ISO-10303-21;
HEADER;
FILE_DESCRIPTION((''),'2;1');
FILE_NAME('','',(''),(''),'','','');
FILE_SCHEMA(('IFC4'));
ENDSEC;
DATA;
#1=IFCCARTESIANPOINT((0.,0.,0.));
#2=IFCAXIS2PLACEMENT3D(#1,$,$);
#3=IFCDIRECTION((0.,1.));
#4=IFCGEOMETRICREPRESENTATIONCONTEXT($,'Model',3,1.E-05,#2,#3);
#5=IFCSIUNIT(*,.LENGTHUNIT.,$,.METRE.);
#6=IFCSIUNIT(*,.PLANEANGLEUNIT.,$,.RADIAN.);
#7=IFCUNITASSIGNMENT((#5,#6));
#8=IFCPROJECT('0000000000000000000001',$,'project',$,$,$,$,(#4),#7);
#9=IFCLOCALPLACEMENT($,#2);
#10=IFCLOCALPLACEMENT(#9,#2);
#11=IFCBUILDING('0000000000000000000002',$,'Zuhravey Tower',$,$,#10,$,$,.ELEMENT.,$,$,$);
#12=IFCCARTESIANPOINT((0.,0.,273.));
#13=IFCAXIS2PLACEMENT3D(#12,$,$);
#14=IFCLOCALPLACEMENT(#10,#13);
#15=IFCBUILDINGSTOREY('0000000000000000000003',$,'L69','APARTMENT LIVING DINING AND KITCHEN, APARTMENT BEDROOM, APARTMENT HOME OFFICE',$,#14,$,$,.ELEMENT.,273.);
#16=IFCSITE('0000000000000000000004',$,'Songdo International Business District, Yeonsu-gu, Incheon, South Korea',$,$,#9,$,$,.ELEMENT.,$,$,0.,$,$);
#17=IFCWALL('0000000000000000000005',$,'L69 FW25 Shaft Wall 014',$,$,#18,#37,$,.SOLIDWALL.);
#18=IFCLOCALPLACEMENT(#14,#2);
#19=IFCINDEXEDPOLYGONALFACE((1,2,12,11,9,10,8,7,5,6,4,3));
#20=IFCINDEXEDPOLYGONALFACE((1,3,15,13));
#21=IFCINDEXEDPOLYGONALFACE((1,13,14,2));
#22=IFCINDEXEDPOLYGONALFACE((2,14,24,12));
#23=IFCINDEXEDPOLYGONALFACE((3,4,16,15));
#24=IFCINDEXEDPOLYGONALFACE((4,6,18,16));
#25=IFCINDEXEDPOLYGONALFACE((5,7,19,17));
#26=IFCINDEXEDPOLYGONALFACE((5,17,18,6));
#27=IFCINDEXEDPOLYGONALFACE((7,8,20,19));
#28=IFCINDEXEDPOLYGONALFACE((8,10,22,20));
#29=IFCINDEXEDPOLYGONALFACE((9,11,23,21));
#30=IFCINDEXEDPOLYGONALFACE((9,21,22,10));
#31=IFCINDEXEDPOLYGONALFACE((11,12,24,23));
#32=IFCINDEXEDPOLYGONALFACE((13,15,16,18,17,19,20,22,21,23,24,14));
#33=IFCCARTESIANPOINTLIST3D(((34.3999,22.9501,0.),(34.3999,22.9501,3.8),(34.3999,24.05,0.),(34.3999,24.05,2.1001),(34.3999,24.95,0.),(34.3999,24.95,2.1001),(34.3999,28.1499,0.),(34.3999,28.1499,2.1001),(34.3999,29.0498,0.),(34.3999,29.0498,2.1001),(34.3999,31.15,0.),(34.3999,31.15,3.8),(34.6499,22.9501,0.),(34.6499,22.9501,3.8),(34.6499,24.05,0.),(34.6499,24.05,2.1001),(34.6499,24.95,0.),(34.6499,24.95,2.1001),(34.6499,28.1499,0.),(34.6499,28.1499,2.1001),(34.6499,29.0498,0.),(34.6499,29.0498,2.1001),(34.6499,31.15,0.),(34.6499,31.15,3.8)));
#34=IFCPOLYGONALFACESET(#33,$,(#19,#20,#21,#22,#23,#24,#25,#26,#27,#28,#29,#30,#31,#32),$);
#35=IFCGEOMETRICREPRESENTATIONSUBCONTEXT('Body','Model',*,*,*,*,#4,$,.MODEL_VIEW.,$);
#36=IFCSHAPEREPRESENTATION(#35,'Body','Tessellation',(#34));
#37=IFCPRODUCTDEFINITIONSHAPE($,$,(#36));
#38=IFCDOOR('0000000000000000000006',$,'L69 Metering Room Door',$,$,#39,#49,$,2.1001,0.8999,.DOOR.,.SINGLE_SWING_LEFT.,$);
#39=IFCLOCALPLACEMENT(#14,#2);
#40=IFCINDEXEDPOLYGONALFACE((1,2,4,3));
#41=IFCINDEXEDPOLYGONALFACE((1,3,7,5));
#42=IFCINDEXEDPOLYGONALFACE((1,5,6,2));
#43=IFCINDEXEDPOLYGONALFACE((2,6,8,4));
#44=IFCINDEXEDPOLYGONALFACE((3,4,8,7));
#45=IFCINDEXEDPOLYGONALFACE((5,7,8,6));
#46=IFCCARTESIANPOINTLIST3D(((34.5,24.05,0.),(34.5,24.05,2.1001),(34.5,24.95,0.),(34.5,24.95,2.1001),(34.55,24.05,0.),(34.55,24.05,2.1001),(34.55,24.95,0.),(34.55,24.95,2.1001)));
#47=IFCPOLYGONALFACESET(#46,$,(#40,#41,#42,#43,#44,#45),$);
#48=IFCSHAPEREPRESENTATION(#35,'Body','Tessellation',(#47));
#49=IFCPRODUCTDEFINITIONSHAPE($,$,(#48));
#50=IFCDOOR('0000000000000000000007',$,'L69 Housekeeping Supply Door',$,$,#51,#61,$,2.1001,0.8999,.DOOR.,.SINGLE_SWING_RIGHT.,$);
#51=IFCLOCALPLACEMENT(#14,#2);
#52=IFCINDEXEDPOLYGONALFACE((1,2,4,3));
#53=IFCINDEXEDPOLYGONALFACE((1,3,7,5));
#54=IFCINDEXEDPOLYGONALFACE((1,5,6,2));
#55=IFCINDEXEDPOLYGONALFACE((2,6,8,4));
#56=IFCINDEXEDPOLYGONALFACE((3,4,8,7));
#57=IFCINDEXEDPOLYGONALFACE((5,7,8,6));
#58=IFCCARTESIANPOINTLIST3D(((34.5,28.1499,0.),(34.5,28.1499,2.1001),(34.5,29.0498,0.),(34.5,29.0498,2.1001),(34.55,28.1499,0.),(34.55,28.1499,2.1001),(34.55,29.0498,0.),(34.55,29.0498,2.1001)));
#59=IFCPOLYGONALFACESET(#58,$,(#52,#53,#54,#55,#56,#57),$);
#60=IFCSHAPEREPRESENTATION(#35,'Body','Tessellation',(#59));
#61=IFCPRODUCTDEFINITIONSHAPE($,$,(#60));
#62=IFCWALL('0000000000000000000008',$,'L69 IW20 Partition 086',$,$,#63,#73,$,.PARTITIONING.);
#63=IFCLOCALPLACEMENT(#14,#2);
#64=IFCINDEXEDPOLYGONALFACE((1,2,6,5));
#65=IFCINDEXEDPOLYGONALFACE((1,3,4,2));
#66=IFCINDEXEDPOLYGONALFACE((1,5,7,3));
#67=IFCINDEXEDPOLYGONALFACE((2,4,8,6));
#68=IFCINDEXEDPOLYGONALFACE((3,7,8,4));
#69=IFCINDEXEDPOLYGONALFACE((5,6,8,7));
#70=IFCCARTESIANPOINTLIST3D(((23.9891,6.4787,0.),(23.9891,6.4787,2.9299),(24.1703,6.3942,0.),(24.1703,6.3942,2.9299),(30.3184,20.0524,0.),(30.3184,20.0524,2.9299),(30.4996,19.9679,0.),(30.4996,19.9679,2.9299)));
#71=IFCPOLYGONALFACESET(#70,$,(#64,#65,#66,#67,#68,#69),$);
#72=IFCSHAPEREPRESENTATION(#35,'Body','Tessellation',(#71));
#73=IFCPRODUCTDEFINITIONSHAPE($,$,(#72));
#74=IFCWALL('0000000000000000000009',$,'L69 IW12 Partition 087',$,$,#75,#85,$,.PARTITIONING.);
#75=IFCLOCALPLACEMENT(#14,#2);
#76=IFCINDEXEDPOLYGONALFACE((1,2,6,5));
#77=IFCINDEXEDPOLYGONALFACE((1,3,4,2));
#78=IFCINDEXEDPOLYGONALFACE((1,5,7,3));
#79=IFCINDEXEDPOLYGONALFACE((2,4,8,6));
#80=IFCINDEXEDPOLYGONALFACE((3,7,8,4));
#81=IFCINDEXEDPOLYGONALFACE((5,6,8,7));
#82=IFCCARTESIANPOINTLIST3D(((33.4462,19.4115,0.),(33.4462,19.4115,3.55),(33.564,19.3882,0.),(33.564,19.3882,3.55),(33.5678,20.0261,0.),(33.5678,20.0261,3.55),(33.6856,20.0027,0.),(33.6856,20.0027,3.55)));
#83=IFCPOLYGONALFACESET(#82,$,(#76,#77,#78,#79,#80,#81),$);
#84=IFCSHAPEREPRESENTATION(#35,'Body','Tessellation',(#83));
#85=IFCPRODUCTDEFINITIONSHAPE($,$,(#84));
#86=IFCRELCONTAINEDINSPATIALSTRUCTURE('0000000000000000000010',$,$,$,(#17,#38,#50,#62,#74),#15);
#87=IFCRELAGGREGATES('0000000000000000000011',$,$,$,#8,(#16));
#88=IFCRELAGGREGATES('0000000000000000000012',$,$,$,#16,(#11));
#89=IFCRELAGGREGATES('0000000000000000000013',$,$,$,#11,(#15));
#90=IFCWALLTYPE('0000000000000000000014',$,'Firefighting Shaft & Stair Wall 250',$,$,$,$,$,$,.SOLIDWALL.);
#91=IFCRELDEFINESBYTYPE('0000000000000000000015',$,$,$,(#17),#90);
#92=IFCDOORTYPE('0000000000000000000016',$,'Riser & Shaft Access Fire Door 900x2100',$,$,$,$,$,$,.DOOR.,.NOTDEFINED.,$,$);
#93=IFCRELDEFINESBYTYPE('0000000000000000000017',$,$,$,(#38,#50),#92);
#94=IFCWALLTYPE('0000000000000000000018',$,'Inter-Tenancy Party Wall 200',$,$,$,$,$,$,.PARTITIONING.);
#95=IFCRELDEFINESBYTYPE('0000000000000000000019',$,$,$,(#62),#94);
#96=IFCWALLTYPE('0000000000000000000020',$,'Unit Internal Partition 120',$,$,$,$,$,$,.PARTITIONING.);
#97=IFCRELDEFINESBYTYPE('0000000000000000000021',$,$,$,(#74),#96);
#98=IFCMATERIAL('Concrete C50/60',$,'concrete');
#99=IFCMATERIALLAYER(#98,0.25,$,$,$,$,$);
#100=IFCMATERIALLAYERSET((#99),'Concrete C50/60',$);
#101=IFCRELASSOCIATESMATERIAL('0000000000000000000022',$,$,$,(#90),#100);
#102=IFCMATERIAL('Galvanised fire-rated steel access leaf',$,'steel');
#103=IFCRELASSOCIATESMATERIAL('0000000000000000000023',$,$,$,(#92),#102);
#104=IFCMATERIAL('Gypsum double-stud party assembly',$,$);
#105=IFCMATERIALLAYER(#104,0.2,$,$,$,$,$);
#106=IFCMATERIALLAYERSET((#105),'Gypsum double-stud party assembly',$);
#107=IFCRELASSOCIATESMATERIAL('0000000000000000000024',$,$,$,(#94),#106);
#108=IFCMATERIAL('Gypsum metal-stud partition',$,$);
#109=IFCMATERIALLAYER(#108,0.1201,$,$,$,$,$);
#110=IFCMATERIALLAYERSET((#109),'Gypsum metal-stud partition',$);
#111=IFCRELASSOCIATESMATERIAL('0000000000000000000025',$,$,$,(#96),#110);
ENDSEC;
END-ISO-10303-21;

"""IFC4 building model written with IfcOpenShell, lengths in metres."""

from ifc_helpers import new_model, si_unit, direction, frame, frame_2d, origin, place, context, subcontext, project, spatial, rectangle, extrude, material, layer, layer_set, type_object, element, fill, save


model = new_model("IFC4")

# Units and contexts
model_context = context("Model", 3, precision=1e-05, world=origin(), true_north=direction((0.0, 1.0)))
body_context = subcontext(model_context, "Body", "Model", "MODEL_VIEW")
ifc_project = project(units=[si_unit("LENGTHUNIT", "METRE"), si_unit("PLANEANGLEUNIT", "RADIAN")], contexts=[model_context])

# Site, building, storey
site_placement = place(None, origin())
site = spatial("IfcSite", under=ifc_project, at=site_placement, Name="Songdo International Business District, Yeonsu-gu, Incheon, South Korea", CompositionType="ELEMENT", RefElevation=0.0)
building_placement = place(site_placement, origin())
building = spatial("IfcBuilding", under=site, at=building_placement, Name="Zuhravey Tower", CompositionType="ELEMENT")
storey_placement = place(building_placement, frame((0.0, 0.0, 273.0)))
storey = spatial("IfcBuildingStorey", under=building, at=storey_placement, Name="L69", Description="APARTMENT LIVING DINING AND KITCHEN, APARTMENT BEDROOM, APARTMENT HOME OFFICE", CompositionType="ELEMENT", Elevation=273.0)

# Shared definitions
ifc_material_1 = material(Name="Concrete C50/60", Category="concrete")
ifc_layer_1 = layer(ifc_material_1, 0.25)
ifc_layer_set_1 = layer_set([ifc_layer_1], Name="Concrete C50/60")
wall_type_1 = type_object("IfcWallType", Name="Firefighting Shaft & Stair Wall 250", PredefinedType="SOLIDWALL", material=ifc_layer_set_1)

# Shared definitions
ifc_material_2 = material(Name="Galvanised fire-rated steel access leaf", Category="steel")
door_type_1 = type_object("IfcDoorType", Name="Riser & Shaft Access Fire Door 900x2100", OperationType="NOTDEFINED", PredefinedType="DOOR", material=ifc_material_2)

# Wall, openings, doors
wall_1_placement = place(storey_placement, frame((34.5249, 22.95, 0.0), z_axis=(0.0, 0.0, 1.0), x_axis=(0.0, 1.0, 0.0)))
wall_1 = element("IfcWall", 1, at=wall_1_placement, inside=storey, type_object=wall_type_1, Name="L69 FW25 Shaft Wall 014", PredefinedType="SOLIDWALL", context=body_context, shape_type="SweptSolid", body=[
    extrude(rectangle(XDim=8.2, YDim=0.25, at=frame_2d((4.1001, 0.0))), origin(), (0.0, 0.0, 1.0), 3.8),
])
opening_1_placement = place(wall_1_placement, frame((1.1001, 0.0, 0.0)))
opening_1 = element("IfcOpeningElement", 2, at=opening_1_placement, cuts=wall_1, PredefinedType="OPENING", context=body_context, shape_type="SweptSolid", body=[
    extrude(rectangle(XDim=0.8999, YDim=2.1001, at=frame_2d((0.45, 1.05))), frame((0.0, 0.137, 0.0), z_axis=(0.0, -1.0, 0.0), x_axis=(1.0, 0.0, 0.0)), (0.0, 0.0, 1.0), 0.2739),
])
opening_2_placement = place(wall_1_placement, frame((5.2, 0.0, 0.0)))
opening_2 = element("IfcOpeningElement", 3, at=opening_2_placement, cuts=wall_1, PredefinedType="OPENING", context=body_context, shape_type="SweptSolid", body=[
    extrude(rectangle(XDim=0.8999, YDim=2.1001, at=frame_2d((0.45, 1.05))), frame((0.0, 0.137, 0.0), z_axis=(0.0, -1.0, 0.0), x_axis=(1.0, 0.0, 0.0)), (0.0, 0.0, 1.0), 0.2739),
])
door_1_placement = place(opening_1_placement, origin())
door_1 = element("IfcDoor", 4, at=door_1_placement, inside=storey, type_object=door_type_1, Name="L69 Metering Room Door", OperationType="SINGLE_SWING_LEFT", OverallHeight=2.1001, OverallWidth=0.8999, PredefinedType="DOOR", context=body_context, shape_type="SweptSolid", body=[
    extrude(rectangle(XDim=0.8999, YDim=2.1001, at=frame_2d((0.45, 1.05))), frame((0.0, 0.0249, 0.0), z_axis=(0.0, -1.0, 0.0), x_axis=(1.0, 0.0, 0.0)), (0.0, 0.0, 1.0), 0.05),
])
fill(opening_1, door_1)
door_2_placement = place(opening_2_placement, origin())
door_2 = element("IfcDoor", 5, at=door_2_placement, inside=storey, type_object=door_type_1, Name="L69 Housekeeping Supply Door", OperationType="SINGLE_SWING_RIGHT", OverallHeight=2.1001, OverallWidth=0.8999, PredefinedType="DOOR", context=body_context, shape_type="SweptSolid", body=[
    extrude(rectangle(XDim=0.8999, YDim=2.1001, at=frame_2d((0.45, 1.05))), frame((0.0, 0.0249, 0.0), z_axis=(0.0, -1.0, 0.0), x_axis=(1.0, 0.0, 0.0)), (0.0, 0.0, 1.0), 0.05),
])
fill(opening_2, door_2)

# Walls
ifc_material_3 = material(Name="Gypsum double-stud party assembly")
ifc_layer_2 = layer(ifc_material_3, 0.2)
ifc_layer_set_2 = layer_set([ifc_layer_2], Name="Gypsum double-stud party assembly")
wall_type_2 = type_object("IfcWallType", Name="Inter-Tenancy Party Wall 200", PredefinedType="PARTITIONING", material=ifc_layer_set_2)
wall_2_placement = place(storey_placement, frame((30.4089, 20.01, 0.0), z_axis=(0.0, 0.0, 1.0), x_axis=(-0.422608, -0.906313, 0.0)))
element("IfcWall", 6, at=wall_2_placement, inside=storey, type_object=wall_type_2, Name="L69 IW20 Partition 086", PredefinedType="PARTITIONING", context=body_context, shape_type="SweptSolid", body=[
    extrude(rectangle(XDim=14.9768, YDim=0.2, at=frame_2d((7.4883, 0.0))), origin(), (0.0, 0.0, 1.0), 2.9299),
])
ifc_material_4 = material(Name="Gypsum metal-stud partition")
ifc_layer_3 = layer(ifc_material_4, 0.1201)
ifc_layer_set_3 = layer_set([ifc_layer_3], Name="Gypsum metal-stud partition")
wall_type_3 = type_object("IfcWallType", Name="Unit Internal Partition 120", PredefinedType="PARTITIONING", material=ifc_layer_set_3)
wall_3_placement = place(storey_placement, frame((33.6267, 20.0144, 0.0), z_axis=(0.0, 0.0, 1.0), x_axis=(-0.194092, -0.980983, 0.0)))
element("IfcWall", 7, at=wall_3_placement, inside=storey, type_object=wall_type_3, Name="L69 IW12 Partition 087", PredefinedType="PARTITIONING", context=body_context, shape_type="SweptSolid", body=[
    extrude(rectangle(XDim=0.6265, YDim=0.1201, at=frame_2d((0.3132, 0.0))), origin(), (0.0, 0.0, 1.0), 3.55),
])

save(model, "model.ifc")
